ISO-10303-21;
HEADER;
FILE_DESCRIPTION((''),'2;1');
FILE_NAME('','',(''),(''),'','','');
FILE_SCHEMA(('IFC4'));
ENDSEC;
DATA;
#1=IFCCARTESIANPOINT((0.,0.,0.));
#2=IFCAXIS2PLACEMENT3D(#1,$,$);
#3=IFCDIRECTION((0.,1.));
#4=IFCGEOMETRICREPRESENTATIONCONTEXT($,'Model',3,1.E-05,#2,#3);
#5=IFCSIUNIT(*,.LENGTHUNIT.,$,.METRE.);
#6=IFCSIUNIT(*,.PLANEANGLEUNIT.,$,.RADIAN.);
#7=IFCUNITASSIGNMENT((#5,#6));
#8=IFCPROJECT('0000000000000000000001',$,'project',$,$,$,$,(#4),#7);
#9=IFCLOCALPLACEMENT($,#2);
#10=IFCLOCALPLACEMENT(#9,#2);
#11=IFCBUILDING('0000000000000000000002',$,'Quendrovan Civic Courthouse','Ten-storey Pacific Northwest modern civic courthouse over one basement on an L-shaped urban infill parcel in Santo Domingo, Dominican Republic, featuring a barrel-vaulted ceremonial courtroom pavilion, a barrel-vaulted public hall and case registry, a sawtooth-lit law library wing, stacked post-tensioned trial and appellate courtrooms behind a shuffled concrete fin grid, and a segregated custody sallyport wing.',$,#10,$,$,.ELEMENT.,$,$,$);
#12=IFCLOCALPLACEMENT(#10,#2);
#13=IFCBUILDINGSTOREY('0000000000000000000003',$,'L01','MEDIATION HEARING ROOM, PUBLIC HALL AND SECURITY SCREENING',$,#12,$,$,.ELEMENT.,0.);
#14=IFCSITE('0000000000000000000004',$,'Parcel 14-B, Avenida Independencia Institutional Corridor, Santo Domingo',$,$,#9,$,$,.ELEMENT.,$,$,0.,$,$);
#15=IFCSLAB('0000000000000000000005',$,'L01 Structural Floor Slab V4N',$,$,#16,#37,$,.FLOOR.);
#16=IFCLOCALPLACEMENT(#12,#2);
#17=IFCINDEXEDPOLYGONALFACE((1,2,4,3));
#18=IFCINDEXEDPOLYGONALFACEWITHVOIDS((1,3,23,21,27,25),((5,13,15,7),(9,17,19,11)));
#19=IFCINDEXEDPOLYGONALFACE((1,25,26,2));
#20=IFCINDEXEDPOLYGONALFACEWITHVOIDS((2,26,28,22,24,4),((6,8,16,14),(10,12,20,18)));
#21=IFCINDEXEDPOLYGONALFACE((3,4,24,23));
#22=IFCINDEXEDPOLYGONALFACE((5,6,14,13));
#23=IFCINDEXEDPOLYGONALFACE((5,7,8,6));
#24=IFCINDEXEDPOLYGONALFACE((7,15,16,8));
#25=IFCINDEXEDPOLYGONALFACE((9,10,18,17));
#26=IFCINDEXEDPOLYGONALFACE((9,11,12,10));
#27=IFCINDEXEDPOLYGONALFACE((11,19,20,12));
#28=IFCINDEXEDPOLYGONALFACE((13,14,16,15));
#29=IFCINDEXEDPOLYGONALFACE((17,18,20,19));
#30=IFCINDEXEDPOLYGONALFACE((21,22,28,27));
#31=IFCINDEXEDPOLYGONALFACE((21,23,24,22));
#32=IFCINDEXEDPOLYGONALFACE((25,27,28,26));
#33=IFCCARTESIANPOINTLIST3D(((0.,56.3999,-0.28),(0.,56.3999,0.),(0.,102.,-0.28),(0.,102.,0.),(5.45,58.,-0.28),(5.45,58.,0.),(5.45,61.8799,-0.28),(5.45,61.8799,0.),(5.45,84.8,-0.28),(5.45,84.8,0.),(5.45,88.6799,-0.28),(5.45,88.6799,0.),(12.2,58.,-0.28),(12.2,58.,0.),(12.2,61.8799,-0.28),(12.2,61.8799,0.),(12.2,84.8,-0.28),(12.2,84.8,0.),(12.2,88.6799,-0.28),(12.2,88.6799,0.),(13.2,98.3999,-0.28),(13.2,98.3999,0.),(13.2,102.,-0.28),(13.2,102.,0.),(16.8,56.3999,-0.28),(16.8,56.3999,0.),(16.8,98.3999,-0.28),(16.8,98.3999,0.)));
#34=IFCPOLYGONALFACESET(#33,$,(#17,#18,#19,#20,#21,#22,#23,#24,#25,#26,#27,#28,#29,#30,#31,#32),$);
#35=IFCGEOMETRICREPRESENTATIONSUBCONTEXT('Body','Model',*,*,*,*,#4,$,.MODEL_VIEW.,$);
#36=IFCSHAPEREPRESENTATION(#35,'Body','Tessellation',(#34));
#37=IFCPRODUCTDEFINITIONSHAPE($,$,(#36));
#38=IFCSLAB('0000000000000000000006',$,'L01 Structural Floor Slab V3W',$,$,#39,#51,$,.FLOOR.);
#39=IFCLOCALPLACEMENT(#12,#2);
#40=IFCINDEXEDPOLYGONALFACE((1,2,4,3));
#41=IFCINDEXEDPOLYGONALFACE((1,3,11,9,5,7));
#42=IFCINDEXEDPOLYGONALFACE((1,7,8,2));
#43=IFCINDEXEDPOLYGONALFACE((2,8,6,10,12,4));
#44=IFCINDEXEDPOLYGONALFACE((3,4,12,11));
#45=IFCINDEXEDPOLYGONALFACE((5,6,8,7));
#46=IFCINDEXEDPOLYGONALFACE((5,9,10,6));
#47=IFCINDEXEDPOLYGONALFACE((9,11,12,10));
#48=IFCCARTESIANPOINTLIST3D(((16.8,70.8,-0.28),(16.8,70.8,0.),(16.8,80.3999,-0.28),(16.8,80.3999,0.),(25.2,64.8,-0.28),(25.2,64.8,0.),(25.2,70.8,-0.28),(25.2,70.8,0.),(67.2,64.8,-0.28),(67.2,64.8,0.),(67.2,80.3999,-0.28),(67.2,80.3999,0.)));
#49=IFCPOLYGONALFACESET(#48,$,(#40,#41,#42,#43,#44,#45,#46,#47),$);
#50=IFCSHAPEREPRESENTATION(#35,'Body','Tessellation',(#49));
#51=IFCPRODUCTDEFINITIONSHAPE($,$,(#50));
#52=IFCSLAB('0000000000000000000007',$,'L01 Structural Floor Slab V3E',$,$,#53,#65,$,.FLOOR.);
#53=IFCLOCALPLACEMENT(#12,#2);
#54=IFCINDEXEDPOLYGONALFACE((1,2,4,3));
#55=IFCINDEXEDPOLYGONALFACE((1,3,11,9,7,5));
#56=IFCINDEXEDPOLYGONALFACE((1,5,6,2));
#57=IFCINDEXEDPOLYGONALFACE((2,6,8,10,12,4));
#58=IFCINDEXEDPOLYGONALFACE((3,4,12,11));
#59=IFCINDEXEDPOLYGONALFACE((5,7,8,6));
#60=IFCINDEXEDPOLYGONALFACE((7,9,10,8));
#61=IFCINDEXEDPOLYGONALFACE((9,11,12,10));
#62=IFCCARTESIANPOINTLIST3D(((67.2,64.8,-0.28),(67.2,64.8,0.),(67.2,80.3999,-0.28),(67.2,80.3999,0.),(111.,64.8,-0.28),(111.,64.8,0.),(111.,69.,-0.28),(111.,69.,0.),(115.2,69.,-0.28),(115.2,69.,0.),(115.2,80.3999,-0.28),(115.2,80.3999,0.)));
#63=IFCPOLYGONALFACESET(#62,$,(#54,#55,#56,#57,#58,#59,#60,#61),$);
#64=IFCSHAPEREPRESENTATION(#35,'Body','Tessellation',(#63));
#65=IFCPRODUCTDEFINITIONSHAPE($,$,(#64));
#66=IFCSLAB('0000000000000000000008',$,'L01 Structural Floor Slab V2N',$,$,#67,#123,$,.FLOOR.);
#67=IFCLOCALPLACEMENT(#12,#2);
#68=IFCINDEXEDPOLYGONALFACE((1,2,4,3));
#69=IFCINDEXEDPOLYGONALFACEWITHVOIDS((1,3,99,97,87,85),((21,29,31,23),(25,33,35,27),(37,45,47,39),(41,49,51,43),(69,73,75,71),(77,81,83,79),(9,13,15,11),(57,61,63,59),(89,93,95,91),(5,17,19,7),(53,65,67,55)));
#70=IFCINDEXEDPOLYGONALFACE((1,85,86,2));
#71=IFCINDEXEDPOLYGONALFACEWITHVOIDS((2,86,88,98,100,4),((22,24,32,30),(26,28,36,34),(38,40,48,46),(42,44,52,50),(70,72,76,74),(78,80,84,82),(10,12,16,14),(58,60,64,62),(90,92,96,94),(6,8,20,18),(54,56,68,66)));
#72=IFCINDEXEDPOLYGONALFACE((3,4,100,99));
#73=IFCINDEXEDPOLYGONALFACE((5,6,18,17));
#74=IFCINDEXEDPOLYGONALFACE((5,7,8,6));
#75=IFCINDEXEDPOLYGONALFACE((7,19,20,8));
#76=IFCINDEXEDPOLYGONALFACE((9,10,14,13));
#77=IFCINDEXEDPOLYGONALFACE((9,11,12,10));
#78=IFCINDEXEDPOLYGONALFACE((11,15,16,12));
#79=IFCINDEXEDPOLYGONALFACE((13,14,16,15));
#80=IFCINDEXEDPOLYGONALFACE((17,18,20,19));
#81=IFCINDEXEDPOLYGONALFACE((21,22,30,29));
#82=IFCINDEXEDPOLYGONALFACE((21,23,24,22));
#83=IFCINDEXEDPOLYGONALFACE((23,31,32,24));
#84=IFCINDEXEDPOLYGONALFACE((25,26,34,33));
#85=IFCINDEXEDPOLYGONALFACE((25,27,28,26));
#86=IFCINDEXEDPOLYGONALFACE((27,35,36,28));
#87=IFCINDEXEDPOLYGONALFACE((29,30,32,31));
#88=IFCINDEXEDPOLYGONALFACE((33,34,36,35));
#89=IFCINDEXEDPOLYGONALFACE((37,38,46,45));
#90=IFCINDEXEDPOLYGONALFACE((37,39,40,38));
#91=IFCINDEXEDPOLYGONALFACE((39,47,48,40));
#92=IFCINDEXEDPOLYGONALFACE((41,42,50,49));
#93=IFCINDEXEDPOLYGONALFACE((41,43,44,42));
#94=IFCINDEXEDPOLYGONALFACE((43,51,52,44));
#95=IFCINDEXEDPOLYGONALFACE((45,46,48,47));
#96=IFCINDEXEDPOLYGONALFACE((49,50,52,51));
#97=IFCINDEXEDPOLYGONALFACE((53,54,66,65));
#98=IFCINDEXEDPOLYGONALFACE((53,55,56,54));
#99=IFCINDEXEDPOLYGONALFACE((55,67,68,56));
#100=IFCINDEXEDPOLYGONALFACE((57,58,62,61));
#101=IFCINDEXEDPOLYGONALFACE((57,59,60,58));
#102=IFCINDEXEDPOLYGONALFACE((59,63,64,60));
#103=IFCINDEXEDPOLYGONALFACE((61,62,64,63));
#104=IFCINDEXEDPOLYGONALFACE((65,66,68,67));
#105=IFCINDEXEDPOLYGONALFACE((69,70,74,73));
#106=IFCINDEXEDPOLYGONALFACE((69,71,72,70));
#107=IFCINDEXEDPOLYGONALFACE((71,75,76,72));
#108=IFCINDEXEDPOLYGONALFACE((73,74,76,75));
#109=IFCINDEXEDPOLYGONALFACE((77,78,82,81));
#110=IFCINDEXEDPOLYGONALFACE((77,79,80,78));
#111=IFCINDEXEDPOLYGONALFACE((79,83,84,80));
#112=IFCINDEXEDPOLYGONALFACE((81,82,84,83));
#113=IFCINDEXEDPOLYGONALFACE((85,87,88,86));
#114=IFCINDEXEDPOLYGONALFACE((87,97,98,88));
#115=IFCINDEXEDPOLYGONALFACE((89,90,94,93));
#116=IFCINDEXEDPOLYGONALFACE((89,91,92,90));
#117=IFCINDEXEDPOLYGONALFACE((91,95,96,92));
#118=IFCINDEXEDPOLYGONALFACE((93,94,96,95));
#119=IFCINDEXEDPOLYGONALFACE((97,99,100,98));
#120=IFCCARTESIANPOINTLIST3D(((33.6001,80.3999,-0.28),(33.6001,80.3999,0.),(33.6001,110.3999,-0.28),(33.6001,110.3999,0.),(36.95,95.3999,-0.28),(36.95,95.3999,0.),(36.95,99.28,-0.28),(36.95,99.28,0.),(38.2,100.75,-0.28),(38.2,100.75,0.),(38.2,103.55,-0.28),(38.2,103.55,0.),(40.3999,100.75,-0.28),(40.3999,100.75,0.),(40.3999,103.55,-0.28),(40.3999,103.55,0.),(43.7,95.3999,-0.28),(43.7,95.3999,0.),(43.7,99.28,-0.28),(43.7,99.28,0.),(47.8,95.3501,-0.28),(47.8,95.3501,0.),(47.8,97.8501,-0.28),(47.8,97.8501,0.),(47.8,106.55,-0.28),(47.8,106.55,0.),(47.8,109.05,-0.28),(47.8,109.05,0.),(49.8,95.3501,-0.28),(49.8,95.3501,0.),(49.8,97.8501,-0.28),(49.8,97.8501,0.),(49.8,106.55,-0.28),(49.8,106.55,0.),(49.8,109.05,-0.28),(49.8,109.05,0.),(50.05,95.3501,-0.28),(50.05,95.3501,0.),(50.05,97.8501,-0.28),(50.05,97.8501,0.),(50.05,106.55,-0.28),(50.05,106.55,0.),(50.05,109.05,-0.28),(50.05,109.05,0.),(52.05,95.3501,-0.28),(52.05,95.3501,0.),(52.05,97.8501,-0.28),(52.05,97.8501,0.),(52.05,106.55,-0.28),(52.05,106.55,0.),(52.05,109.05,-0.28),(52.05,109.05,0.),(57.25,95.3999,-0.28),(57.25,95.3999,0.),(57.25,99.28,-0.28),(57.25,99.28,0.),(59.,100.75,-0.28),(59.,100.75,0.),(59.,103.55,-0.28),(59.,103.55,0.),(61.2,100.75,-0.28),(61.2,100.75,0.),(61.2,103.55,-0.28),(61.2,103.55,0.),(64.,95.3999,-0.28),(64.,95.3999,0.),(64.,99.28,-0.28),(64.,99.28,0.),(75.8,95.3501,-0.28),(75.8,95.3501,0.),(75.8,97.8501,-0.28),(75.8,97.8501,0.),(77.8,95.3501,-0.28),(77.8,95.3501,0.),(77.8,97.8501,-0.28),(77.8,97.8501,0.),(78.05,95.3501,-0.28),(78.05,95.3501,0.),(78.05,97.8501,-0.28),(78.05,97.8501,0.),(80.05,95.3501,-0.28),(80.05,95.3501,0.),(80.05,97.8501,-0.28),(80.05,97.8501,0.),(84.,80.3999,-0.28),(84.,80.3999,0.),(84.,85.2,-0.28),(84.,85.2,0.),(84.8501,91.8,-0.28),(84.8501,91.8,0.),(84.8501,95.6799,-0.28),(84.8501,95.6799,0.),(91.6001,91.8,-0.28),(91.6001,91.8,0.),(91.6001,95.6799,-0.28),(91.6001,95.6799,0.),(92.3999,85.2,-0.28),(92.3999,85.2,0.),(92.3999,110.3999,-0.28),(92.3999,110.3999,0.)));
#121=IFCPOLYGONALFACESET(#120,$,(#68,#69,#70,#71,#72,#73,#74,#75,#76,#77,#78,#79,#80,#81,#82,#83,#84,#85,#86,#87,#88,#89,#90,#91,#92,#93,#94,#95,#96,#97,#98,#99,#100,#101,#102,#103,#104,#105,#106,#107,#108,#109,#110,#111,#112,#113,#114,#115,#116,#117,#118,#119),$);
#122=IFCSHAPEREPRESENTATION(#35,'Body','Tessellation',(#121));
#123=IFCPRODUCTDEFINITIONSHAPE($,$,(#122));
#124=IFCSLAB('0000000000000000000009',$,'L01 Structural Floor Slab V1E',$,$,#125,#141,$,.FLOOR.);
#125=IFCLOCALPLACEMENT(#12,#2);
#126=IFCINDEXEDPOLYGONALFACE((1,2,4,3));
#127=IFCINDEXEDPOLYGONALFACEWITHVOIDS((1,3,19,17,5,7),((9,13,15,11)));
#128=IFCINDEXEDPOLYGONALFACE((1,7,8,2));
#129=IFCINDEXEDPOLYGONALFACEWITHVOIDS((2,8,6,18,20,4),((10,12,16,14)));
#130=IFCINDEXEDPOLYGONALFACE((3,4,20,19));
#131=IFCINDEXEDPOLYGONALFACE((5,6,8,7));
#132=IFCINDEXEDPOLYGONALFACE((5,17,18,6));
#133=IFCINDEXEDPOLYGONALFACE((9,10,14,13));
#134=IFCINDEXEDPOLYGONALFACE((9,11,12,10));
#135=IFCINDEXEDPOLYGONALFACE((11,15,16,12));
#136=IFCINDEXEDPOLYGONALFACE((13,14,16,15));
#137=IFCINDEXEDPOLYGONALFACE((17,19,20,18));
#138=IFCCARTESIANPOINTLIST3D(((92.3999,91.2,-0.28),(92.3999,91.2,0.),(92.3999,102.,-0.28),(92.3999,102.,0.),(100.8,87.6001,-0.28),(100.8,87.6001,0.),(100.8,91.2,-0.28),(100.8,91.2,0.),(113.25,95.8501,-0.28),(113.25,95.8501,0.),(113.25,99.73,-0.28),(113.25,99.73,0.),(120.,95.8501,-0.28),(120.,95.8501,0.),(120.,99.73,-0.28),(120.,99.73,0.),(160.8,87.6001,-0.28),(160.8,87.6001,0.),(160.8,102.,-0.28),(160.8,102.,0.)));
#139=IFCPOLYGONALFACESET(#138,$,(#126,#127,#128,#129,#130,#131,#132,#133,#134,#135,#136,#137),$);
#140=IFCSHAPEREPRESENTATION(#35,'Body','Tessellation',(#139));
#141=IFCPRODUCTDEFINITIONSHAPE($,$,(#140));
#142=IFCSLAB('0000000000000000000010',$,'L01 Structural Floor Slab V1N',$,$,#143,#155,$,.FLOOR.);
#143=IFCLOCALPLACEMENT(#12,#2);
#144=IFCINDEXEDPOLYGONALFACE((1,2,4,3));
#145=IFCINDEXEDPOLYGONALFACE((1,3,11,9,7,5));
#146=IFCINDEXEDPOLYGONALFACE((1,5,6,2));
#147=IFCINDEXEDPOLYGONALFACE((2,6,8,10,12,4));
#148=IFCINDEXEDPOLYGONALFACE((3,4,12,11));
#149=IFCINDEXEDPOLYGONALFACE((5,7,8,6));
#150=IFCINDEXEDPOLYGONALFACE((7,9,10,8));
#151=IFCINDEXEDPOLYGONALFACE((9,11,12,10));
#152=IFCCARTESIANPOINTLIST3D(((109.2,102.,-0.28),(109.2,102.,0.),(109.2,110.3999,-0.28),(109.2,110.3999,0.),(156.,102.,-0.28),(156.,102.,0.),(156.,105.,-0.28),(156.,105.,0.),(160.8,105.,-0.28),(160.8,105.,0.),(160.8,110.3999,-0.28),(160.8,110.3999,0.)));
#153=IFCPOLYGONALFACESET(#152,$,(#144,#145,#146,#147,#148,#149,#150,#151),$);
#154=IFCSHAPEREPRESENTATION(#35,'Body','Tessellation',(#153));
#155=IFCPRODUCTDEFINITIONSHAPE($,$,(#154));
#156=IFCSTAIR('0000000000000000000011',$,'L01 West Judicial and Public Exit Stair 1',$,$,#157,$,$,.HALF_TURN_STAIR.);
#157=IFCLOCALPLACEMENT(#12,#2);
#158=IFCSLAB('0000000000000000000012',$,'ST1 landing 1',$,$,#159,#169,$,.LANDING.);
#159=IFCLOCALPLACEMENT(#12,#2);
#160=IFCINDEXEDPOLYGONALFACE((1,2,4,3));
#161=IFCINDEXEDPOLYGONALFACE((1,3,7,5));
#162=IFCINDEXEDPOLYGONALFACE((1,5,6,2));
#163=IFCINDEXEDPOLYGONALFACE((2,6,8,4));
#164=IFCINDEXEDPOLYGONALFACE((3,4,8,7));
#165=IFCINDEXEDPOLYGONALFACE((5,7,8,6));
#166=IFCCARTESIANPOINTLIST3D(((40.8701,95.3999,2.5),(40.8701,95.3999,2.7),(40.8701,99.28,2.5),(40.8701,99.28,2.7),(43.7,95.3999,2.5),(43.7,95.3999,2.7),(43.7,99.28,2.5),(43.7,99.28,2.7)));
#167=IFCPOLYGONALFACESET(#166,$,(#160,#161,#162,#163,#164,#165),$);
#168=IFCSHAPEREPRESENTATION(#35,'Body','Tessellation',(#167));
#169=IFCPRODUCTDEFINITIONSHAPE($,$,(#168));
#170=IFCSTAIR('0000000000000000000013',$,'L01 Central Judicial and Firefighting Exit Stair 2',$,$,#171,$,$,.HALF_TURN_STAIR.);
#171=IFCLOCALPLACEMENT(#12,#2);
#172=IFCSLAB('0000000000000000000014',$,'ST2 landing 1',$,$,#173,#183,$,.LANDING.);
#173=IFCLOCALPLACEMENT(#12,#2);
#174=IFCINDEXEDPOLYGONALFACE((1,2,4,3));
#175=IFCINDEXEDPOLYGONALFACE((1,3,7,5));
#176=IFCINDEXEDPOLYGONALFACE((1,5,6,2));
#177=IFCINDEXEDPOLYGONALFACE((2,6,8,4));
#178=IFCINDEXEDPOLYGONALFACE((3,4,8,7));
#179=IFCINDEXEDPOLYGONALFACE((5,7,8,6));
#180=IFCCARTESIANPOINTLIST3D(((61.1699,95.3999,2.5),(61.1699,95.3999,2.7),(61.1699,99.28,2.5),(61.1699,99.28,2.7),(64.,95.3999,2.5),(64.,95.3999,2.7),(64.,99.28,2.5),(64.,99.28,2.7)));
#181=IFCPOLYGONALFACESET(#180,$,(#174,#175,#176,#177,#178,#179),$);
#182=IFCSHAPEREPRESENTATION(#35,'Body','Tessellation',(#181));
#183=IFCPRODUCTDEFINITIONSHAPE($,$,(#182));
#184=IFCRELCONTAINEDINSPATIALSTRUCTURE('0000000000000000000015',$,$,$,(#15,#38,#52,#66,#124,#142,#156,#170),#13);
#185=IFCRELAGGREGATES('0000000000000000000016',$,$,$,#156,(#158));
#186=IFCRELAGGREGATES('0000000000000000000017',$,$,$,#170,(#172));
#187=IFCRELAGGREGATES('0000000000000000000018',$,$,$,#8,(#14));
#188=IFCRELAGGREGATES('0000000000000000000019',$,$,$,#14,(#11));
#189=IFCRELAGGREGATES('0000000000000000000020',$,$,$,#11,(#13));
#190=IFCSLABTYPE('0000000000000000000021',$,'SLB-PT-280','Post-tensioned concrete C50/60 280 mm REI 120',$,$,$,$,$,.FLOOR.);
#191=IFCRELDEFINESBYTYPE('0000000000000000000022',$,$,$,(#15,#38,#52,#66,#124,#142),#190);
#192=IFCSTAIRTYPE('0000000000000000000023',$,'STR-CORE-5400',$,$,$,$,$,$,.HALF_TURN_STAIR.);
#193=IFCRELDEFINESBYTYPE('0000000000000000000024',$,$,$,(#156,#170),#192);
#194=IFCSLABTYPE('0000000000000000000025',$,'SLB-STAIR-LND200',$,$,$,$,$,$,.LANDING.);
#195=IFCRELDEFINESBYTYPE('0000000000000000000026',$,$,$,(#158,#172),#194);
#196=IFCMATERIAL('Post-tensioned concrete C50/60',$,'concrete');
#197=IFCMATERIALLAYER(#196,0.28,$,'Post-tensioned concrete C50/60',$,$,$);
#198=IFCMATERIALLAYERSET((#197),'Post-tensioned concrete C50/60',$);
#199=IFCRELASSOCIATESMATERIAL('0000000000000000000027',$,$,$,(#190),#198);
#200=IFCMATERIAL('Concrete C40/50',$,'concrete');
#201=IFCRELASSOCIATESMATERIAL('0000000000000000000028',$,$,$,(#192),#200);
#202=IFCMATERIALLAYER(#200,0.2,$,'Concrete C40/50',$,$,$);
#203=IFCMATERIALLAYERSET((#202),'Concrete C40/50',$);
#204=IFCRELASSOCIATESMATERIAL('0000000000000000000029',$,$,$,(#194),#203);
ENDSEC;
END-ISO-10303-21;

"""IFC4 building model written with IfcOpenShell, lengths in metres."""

from ifc_helpers import new_model, si_unit, direction, frame, origin, place, context, subcontext, project, spatial, polyline, outline, extrude, material, layer, layer_set, type_object, element, aggregate, save


model = new_model("IFC4")

# Units and contexts
model_context = context("Model", 3, precision=1e-05, world=origin(), true_north=direction((0.0, 1.0)))
body_context = subcontext(model_context, "Body", "Model", "MODEL_VIEW")
ifc_project = project(units=[si_unit("LENGTHUNIT", "METRE"), si_unit("PLANEANGLEUNIT", "RADIAN")], contexts=[model_context])

# Site, building, storey
site_placement = place(None, origin())
site = spatial("IfcSite", under=ifc_project, at=site_placement, Name="Parcel 14-B, Avenida Independencia Institutional Corridor, Santo Domingo", CompositionType="ELEMENT", RefElevation=0.0)
building_placement = place(site_placement, origin())
building = spatial("IfcBuilding", under=site, at=building_placement, Name="Quendrovan Civic Courthouse", Description="Ten-storey Pacific Northwest modern civic courthouse over one basement on an L-shaped urban infill parcel in Santo Domingo, Dominican Republic, featuring a barrel-vaulted ceremonial courtroom pavilion, a barrel-vaulted public hall and case registry, a sawtooth-lit law library wing, stacked post-tensioned trial and appellate courtrooms behind a shuffled concrete fin grid, and a segregated custody sallyport wing.", CompositionType="ELEMENT")
storey_placement = place(building_placement, origin())
storey = spatial("IfcBuildingStorey", under=building, at=storey_placement, Name="L01", Description="MEDIATION HEARING ROOM, PUBLIC HALL AND SECURITY SCREENING", CompositionType="ELEMENT", Elevation=0.0)

# Slabs
ifc_material_1 = material(Name="Post-tensioned concrete C50/60", Category="concrete")
ifc_layer_1 = layer(ifc_material_1, 0.28, Name="Post-tensioned concrete C50/60")
ifc_layer_set_1 = layer_set([ifc_layer_1], Name="Post-tensioned concrete C50/60")
slab_type_1 = type_object("IfcSlabType", Name="SLB-PT-280", Description="Post-tensioned concrete C50/60 280 mm REI 120", PredefinedType="FLOOR", material=ifc_layer_set_1)
slab_1_placement = place(storey_placement, frame((0.0, 0.0, -0.28)))
element("IfcSlab", 1, at=slab_1_placement, inside=storey, type_object=slab_type_1, Name="L01 Structural Floor Slab V4N", PredefinedType="FLOOR", context=body_context, shape_type="SweptSolid", body=[
    extrude(outline(polyline([(0.0, 56.3999), (0.0, 102.0), (13.2, 102.0), (13.2, 98.3999), (16.8, 98.3999), (16.8, 56.3999), (0.0, 56.3999)]), holes=[polyline([(5.45, 58.0), (12.2, 58.0), (12.2, 61.8799), (5.45, 61.8799), (5.45, 58.0)]), polyline([(5.45, 84.8), (12.2, 84.8), (12.2, 88.6799), (5.45, 88.6799), (5.45, 84.8)])]), origin(), (0.0, 0.0, 1.0), 0.28),
])
slab_2_placement = place(storey_placement, frame((0.0, 0.0, -0.28)))
element("IfcSlab", 2, at=slab_2_placement, inside=storey, type_object=slab_type_1, Name="L01 Structural Floor Slab V3W", PredefinedType="FLOOR", context=body_context, shape_type="SweptSolid", body=[
    extrude(outline(polyline([(16.8, 80.3999), (67.2, 80.3999), (67.2, 64.8), (25.2, 64.8), (25.2, 70.8), (16.8, 70.8), (16.8, 80.3999)])), origin(), (0.0, 0.0, 1.0), 0.28),
])
slab_3_placement = place(storey_placement, frame((0.0, 0.0, -0.28)))
element("IfcSlab", 3, at=slab_3_placement, inside=storey, type_object=slab_type_1, Name="L01 Structural Floor Slab V3E", PredefinedType="FLOOR", context=body_context, shape_type="SweptSolid", body=[
    extrude(outline(polyline([(67.2, 64.8), (67.2, 80.3999), (115.2, 80.3999), (115.2, 69.0), (111.0, 69.0), (111.0, 64.8), (67.2, 64.8)])), origin(), (0.0, 0.0, 1.0), 0.28),
])
slab_4_placement = place(storey_placement, frame((0.0, 0.0, -0.28)))
element("IfcSlab", 4, at=slab_4_placement, inside=storey, type_object=slab_type_1, Name="L01 Structural Floor Slab V2N", PredefinedType="FLOOR", context=body_context, shape_type="SweptSolid", body=[
    extrude(outline(polyline([(33.6001, 110.3999), (92.3999, 110.3999), (92.3999, 85.2), (84.0, 85.2), (84.0, 80.3999), (33.6001, 80.3999), (33.6001, 110.3999)]), holes=[polyline([(49.8, 97.8501), (47.8, 97.8501), (47.8, 95.3501), (49.8, 95.3501), (49.8, 97.8501)]), polyline([(52.05, 97.8501), (50.05, 97.8501), (50.05, 95.3501), (52.05, 95.3501), (52.05, 97.8501)]), polyline([(43.7, 99.28), (36.95, 99.28), (36.95, 95.3999), (43.7, 95.3999), (43.7, 99.28)]), polyline([(40.3999, 100.75), (40.3999, 103.55), (38.2, 103.55), (38.2, 100.75), (40.3999, 100.75)]), polyline([(49.8, 106.55), (49.8, 109.05), (47.8, 109.05), (47.8, 106.55), (49.8, 106.55)]), polyline([(52.05, 109.05), (50.05, 109.05), (50.05, 106.55), (52.05, 106.55), (52.05, 109.05)]), polyline([(91.6001, 91.8), (91.6001, 95.6799), (84.8501, 95.6799), (84.8501, 91.8), (91.6001, 91.8)]), polyline([(77.8, 95.3501), (77.8, 97.8501), (75.8, 97.8501), (75.8, 95.3501), (77.8, 95.3501)]), polyline([(80.05, 97.8501), (78.05, 97.8501), (78.05, 95.3501), (80.05, 95.3501), (80.05, 97.8501)]), polyline([(64.0, 95.3999), (64.0, 99.28), (57.25, 99.28), (57.25, 95.3999), (64.0, 95.3999)]), polyline([(61.2, 100.75), (61.2, 103.55), (59.0, 103.55), (59.0, 100.75), (61.2, 100.75)])]), origin(), (0.0, 0.0, 1.0), 0.28),
])
slab_5_placement = place(storey_placement, frame((0.0, 0.0, -0.28)))
element("IfcSlab", 5, at=slab_5_placement, inside=storey, type_object=slab_type_1, Name="L01 Structural Floor Slab V1E", PredefinedType="FLOOR", context=body_context, shape_type="SweptSolid", body=[
    extrude(outline(polyline([(160.8, 102.0), (160.8, 87.6001), (100.8, 87.6001), (100.8, 91.2), (92.3999, 91.2), (92.3999, 102.0), (160.8, 102.0)]), holes=[polyline([(120.0, 95.8501), (120.0, 99.73), (113.25, 99.73), (113.25, 95.8501), (120.0, 95.8501)])]), origin(), (0.0, 0.0, 1.0), 0.28),
])
slab_6_placement = place(storey_placement, frame((0.0, 0.0, -0.28)))
element("IfcSlab", 6, at=slab_6_placement, inside=storey, type_object=slab_type_1, Name="L01 Structural Floor Slab V1N", PredefinedType="FLOOR", context=body_context, shape_type="SweptSolid", body=[
    extrude(outline(polyline([(109.2, 102.0), (109.2, 110.3999), (160.8, 110.3999), (160.8, 105.0), (156.0, 105.0), (156.0, 102.0), (109.2, 102.0)])), origin(), (0.0, 0.0, 1.0), 0.28),
])

# Stairs, slabs
ifc_material_2 = material(Name="Concrete C40/50", Category="concrete")
stair_type_1 = type_object("IfcStairType", Name="STR-CORE-5400", PredefinedType="HALF_TURN_STAIR", material=ifc_material_2)
stair_1_placement = place(storey_placement, origin())
stair_1 = element("IfcStair", 7, at=stair_1_placement, inside=storey, type_object=stair_type_1, Name="L01 West Judicial and Public Exit Stair 1", PredefinedType="HALF_TURN_STAIR")
ifc_layer_2 = layer(ifc_material_2, 0.2, Name="Concrete C40/50")
ifc_layer_set_2 = layer_set([ifc_layer_2], Name="Concrete C40/50")
slab_type_2 = type_object("IfcSlabType", Name="SLB-STAIR-LND200", PredefinedType="LANDING", material=ifc_layer_set_2)
slab_7_placement = place(storey_placement, frame((0.0, 0.0, 2.5)))
slab_7 = element("IfcSlab", 8, at=slab_7_placement, type_object=slab_type_2, Name="ST1 landing 1", PredefinedType="LANDING", context=body_context, shape_type="SweptSolid", body=[
    extrude(outline(polyline([(40.8701, 95.3999), (43.7, 95.3999), (43.7, 99.28), (40.8701, 99.28), (40.8701, 95.3999)])), origin(), (0.0, 0.0, 1.0), 0.2),
])
aggregate(stair_1, [slab_7])
stair_2_placement = place(storey_placement, origin())
stair_2 = element("IfcStair", 9, at=stair_2_placement, inside=storey, type_object=stair_type_1, Name="L01 Central Judicial and Firefighting Exit Stair 2", PredefinedType="HALF_TURN_STAIR")
slab_8_placement = place(storey_placement, frame((0.0, 0.0, 2.5)))
slab_8 = element("IfcSlab", 10, at=slab_8_placement, type_object=slab_type_2, Name="ST2 landing 1", PredefinedType="LANDING", context=body_context, shape_type="SweptSolid", body=[
    extrude(outline(polyline([(61.1699, 95.3999), (64.0, 95.3999), (64.0, 99.28), (61.1699, 99.28), (61.1699, 95.3999)])), origin(), (0.0, 0.0, 1.0), 0.2),
])
aggregate(stair_2, [slab_8])

save(model, "model.ifc")
